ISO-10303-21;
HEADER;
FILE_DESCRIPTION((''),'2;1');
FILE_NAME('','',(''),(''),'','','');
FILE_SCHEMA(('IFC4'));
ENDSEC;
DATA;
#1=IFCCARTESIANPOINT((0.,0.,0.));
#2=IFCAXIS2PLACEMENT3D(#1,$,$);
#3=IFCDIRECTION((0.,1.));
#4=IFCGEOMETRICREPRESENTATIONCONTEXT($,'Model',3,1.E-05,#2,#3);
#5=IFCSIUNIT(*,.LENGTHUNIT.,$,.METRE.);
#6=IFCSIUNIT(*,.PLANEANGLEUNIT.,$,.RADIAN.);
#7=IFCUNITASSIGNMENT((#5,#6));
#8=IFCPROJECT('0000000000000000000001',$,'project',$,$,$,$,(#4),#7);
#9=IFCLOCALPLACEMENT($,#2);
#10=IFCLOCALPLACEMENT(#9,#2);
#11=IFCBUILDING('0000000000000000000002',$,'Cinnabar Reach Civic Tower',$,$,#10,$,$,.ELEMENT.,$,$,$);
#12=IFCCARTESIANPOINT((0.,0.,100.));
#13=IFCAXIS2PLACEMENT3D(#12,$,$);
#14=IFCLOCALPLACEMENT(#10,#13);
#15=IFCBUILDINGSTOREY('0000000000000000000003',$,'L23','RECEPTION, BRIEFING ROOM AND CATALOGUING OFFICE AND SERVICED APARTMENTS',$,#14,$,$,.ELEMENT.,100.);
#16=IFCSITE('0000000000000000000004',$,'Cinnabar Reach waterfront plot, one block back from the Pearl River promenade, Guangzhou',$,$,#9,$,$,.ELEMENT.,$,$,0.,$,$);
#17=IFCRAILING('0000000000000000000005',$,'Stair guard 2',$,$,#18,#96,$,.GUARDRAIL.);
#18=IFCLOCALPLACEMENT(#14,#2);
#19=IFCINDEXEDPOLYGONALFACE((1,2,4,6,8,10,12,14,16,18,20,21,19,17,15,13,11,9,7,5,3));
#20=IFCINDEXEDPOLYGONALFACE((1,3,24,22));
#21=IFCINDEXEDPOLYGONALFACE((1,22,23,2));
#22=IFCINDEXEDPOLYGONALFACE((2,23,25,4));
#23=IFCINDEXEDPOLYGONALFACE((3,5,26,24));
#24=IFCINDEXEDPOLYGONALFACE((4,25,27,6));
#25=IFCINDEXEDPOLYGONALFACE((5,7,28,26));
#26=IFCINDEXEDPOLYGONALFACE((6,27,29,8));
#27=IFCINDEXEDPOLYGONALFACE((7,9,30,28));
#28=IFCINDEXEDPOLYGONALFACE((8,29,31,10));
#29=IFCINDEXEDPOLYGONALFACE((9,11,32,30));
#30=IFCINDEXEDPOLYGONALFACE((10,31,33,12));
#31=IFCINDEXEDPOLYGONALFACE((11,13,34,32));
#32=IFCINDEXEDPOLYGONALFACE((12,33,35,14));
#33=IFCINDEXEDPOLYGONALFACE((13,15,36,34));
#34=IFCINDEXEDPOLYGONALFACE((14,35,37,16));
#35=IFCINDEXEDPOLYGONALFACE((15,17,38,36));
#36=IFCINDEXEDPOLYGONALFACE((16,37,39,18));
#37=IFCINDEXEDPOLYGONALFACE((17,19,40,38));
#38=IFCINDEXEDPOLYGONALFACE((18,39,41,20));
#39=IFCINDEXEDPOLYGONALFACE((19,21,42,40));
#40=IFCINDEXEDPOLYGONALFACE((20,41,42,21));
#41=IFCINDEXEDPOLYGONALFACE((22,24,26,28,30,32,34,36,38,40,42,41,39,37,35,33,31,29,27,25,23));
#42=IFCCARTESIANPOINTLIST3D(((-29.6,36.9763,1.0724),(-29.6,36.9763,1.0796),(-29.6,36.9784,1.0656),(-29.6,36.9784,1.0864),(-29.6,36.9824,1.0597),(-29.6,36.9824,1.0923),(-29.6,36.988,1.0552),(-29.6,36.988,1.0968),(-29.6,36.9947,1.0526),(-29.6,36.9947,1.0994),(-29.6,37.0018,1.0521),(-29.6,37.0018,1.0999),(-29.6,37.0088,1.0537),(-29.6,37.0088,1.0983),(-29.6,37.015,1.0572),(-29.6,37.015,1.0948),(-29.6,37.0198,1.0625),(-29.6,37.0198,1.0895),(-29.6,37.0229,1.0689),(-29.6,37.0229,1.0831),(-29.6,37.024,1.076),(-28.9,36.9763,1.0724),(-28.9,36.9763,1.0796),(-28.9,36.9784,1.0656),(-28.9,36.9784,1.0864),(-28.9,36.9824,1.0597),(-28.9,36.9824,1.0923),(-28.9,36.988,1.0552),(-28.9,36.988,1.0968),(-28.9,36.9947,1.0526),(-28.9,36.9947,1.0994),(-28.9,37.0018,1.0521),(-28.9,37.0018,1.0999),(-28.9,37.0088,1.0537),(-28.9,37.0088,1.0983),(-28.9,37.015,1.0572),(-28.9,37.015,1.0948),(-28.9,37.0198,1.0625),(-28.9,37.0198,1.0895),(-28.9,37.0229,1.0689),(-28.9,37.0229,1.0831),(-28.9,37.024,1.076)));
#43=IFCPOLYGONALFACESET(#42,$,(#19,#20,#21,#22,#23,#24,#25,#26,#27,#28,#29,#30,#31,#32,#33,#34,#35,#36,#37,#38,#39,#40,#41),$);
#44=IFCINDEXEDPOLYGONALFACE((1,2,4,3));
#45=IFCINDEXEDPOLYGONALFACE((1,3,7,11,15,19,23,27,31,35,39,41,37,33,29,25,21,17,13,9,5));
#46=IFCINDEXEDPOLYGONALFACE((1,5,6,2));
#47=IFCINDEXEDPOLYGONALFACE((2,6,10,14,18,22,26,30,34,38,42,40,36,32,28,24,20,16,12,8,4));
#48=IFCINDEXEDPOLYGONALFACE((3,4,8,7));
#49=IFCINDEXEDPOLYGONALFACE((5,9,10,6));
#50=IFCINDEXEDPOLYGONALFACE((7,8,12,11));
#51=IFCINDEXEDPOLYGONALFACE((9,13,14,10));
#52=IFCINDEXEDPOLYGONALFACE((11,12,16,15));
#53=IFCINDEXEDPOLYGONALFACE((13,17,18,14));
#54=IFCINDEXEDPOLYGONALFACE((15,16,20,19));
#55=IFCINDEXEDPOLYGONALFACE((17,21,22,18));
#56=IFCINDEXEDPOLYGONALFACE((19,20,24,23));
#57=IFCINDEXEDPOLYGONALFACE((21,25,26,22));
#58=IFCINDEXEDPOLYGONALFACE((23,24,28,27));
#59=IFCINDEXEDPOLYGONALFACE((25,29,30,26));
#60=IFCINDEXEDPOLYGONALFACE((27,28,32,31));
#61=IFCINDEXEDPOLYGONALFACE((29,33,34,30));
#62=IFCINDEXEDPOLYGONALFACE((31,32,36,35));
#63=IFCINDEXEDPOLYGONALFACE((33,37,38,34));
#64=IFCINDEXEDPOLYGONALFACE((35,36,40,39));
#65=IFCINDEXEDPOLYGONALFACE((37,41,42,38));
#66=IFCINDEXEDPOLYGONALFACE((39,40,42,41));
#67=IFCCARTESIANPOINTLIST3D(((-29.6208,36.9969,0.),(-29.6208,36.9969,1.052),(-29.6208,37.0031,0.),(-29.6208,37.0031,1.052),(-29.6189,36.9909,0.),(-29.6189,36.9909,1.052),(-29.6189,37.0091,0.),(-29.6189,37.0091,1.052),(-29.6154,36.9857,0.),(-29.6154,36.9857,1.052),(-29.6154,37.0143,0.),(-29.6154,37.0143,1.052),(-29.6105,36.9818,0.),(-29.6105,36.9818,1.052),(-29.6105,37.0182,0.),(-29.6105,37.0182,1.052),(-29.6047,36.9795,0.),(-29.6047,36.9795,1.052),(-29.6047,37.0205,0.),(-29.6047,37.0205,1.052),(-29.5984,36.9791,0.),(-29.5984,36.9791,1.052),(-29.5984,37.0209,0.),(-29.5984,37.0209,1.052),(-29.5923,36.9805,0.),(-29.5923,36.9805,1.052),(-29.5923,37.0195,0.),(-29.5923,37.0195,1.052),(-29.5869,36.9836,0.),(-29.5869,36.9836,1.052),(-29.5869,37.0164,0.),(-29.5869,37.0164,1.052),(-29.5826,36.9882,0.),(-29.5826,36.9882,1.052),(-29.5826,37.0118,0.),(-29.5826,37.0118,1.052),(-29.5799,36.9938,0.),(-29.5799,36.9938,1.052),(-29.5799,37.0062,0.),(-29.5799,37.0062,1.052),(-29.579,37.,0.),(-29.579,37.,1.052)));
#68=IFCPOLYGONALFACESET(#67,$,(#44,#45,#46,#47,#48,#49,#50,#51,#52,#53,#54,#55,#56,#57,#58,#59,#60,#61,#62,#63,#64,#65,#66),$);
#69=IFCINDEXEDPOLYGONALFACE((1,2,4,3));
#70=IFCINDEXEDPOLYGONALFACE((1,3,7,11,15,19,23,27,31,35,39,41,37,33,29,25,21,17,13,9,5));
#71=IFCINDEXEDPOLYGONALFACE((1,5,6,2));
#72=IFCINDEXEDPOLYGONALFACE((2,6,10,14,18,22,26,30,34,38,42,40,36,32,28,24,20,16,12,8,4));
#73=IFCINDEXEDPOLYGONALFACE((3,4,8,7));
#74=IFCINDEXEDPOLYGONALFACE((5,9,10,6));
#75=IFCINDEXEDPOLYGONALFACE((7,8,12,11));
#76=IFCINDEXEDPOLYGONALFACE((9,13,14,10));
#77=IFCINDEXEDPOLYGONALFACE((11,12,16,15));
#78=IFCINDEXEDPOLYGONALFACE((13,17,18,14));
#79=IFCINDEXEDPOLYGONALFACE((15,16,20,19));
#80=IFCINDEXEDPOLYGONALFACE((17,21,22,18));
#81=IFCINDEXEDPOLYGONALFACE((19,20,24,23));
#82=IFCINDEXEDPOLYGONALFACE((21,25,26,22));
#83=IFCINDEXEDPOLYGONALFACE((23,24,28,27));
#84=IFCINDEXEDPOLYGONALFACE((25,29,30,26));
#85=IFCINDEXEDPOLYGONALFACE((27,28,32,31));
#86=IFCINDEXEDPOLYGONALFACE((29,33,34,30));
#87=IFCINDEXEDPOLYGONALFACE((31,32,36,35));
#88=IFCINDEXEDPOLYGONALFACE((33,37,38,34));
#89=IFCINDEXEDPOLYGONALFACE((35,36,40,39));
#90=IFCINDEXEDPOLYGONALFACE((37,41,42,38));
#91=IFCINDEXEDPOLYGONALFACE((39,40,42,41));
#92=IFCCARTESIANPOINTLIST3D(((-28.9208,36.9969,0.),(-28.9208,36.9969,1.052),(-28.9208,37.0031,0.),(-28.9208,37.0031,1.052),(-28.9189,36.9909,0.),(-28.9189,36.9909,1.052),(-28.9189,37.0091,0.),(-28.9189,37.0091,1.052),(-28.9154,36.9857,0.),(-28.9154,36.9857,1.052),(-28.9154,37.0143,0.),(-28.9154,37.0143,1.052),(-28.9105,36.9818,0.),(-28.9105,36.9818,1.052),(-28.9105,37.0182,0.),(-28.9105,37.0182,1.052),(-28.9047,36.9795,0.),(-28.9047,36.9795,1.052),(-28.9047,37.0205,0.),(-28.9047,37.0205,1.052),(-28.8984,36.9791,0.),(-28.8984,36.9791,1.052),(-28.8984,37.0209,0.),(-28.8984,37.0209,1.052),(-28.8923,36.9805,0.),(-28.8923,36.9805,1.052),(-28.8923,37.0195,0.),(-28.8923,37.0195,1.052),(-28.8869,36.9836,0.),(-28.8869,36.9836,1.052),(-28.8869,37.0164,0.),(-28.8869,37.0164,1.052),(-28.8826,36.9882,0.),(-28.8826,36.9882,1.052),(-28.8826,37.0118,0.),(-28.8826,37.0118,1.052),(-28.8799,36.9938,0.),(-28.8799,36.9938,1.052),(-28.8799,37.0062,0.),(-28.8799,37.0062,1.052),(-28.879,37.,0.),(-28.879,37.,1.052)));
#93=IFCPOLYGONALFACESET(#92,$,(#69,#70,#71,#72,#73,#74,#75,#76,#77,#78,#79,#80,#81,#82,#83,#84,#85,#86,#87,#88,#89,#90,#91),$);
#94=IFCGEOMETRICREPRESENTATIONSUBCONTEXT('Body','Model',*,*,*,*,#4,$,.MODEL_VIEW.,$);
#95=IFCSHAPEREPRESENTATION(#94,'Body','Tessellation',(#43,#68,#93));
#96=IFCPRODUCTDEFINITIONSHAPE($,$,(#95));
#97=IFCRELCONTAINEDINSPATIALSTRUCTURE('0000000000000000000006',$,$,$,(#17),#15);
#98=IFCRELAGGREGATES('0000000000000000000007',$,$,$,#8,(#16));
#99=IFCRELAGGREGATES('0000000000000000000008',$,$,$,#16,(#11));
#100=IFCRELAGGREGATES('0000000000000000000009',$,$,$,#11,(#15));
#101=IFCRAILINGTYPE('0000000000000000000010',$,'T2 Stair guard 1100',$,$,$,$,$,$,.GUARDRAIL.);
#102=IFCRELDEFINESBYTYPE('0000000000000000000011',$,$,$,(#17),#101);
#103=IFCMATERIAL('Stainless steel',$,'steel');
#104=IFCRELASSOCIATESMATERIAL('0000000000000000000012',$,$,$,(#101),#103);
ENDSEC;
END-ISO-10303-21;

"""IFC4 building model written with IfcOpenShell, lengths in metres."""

from ifc_helpers import new_model, si_unit, direction, frame, origin, origin_2d, place, context, subcontext, project, spatial, circle, extrude, material, type_object, element, save


model = new_model("IFC4")

# Units and contexts
model_context = context("Model", 3, precision=1e-05, world=origin(), true_north=direction((0.0, 1.0)))
body_context = subcontext(model_context, "Body", "Model", "MODEL_VIEW")
ifc_project = project(units=[si_unit("LENGTHUNIT", "METRE"), si_unit("PLANEANGLEUNIT", "RADIAN")], contexts=[model_context])

# Site, building, storey
site_placement = place(None, origin())
site = spatial("IfcSite", under=ifc_project, at=site_placement, Name="Cinnabar Reach waterfront plot, one block back from the Pearl River promenade, Guangzhou", CompositionType="ELEMENT", RefElevation=0.0)
building_placement = place(site_placement, origin())
building = spatial("IfcBuilding", under=site, at=building_placement, Name="Cinnabar Reach Civic Tower", CompositionType="ELEMENT")
storey_placement = place(building_placement, frame((0.0, 0.0, 100.0)))
storey = spatial("IfcBuildingStorey", under=building, at=storey_placement, Name="L23", Description="RECEPTION, BRIEFING ROOM AND CATALOGUING OFFICE AND SERVICED APARTMENTS", CompositionType="ELEMENT", Elevation=100.0)

# Railing
ifc_material_1 = material(Name="Stainless steel", Category="steel")
railing_type = type_object("IfcRailingType", Name="T2 Stair guard 1100", PredefinedType="GUARDRAIL", material=ifc_material_1)
railing_1_placement = place(storey_placement, frame((-29.6, 37.0, 0.0)))
element("IfcRailing", 1, at=railing_1_placement, inside=storey, type_object=railing_type, Name="Stair guard 2", PredefinedType="GUARDRAIL", context=body_context, shape_type="SweptSolid", body=[
    extrude(circle(Radius=0.024, at=origin_2d()), frame((0.0, 0.0, 1.076), z_axis=(1.0, 0.0, 0.0), x_axis=(0.0, 1.0, 0.0)), (0.0, 0.0, 1.0), 0.7),
    extrude(circle(Radius=0.021, at=origin_2d()), origin(), (0.0, 0.0, 1.0), 1.052),
    extrude(circle(Radius=0.021, at=origin_2d()), frame((0.7, 0.0, 0.0)), (0.0, 0.0, 1.0), 1.052),
])

save(model, "model.ifc")
